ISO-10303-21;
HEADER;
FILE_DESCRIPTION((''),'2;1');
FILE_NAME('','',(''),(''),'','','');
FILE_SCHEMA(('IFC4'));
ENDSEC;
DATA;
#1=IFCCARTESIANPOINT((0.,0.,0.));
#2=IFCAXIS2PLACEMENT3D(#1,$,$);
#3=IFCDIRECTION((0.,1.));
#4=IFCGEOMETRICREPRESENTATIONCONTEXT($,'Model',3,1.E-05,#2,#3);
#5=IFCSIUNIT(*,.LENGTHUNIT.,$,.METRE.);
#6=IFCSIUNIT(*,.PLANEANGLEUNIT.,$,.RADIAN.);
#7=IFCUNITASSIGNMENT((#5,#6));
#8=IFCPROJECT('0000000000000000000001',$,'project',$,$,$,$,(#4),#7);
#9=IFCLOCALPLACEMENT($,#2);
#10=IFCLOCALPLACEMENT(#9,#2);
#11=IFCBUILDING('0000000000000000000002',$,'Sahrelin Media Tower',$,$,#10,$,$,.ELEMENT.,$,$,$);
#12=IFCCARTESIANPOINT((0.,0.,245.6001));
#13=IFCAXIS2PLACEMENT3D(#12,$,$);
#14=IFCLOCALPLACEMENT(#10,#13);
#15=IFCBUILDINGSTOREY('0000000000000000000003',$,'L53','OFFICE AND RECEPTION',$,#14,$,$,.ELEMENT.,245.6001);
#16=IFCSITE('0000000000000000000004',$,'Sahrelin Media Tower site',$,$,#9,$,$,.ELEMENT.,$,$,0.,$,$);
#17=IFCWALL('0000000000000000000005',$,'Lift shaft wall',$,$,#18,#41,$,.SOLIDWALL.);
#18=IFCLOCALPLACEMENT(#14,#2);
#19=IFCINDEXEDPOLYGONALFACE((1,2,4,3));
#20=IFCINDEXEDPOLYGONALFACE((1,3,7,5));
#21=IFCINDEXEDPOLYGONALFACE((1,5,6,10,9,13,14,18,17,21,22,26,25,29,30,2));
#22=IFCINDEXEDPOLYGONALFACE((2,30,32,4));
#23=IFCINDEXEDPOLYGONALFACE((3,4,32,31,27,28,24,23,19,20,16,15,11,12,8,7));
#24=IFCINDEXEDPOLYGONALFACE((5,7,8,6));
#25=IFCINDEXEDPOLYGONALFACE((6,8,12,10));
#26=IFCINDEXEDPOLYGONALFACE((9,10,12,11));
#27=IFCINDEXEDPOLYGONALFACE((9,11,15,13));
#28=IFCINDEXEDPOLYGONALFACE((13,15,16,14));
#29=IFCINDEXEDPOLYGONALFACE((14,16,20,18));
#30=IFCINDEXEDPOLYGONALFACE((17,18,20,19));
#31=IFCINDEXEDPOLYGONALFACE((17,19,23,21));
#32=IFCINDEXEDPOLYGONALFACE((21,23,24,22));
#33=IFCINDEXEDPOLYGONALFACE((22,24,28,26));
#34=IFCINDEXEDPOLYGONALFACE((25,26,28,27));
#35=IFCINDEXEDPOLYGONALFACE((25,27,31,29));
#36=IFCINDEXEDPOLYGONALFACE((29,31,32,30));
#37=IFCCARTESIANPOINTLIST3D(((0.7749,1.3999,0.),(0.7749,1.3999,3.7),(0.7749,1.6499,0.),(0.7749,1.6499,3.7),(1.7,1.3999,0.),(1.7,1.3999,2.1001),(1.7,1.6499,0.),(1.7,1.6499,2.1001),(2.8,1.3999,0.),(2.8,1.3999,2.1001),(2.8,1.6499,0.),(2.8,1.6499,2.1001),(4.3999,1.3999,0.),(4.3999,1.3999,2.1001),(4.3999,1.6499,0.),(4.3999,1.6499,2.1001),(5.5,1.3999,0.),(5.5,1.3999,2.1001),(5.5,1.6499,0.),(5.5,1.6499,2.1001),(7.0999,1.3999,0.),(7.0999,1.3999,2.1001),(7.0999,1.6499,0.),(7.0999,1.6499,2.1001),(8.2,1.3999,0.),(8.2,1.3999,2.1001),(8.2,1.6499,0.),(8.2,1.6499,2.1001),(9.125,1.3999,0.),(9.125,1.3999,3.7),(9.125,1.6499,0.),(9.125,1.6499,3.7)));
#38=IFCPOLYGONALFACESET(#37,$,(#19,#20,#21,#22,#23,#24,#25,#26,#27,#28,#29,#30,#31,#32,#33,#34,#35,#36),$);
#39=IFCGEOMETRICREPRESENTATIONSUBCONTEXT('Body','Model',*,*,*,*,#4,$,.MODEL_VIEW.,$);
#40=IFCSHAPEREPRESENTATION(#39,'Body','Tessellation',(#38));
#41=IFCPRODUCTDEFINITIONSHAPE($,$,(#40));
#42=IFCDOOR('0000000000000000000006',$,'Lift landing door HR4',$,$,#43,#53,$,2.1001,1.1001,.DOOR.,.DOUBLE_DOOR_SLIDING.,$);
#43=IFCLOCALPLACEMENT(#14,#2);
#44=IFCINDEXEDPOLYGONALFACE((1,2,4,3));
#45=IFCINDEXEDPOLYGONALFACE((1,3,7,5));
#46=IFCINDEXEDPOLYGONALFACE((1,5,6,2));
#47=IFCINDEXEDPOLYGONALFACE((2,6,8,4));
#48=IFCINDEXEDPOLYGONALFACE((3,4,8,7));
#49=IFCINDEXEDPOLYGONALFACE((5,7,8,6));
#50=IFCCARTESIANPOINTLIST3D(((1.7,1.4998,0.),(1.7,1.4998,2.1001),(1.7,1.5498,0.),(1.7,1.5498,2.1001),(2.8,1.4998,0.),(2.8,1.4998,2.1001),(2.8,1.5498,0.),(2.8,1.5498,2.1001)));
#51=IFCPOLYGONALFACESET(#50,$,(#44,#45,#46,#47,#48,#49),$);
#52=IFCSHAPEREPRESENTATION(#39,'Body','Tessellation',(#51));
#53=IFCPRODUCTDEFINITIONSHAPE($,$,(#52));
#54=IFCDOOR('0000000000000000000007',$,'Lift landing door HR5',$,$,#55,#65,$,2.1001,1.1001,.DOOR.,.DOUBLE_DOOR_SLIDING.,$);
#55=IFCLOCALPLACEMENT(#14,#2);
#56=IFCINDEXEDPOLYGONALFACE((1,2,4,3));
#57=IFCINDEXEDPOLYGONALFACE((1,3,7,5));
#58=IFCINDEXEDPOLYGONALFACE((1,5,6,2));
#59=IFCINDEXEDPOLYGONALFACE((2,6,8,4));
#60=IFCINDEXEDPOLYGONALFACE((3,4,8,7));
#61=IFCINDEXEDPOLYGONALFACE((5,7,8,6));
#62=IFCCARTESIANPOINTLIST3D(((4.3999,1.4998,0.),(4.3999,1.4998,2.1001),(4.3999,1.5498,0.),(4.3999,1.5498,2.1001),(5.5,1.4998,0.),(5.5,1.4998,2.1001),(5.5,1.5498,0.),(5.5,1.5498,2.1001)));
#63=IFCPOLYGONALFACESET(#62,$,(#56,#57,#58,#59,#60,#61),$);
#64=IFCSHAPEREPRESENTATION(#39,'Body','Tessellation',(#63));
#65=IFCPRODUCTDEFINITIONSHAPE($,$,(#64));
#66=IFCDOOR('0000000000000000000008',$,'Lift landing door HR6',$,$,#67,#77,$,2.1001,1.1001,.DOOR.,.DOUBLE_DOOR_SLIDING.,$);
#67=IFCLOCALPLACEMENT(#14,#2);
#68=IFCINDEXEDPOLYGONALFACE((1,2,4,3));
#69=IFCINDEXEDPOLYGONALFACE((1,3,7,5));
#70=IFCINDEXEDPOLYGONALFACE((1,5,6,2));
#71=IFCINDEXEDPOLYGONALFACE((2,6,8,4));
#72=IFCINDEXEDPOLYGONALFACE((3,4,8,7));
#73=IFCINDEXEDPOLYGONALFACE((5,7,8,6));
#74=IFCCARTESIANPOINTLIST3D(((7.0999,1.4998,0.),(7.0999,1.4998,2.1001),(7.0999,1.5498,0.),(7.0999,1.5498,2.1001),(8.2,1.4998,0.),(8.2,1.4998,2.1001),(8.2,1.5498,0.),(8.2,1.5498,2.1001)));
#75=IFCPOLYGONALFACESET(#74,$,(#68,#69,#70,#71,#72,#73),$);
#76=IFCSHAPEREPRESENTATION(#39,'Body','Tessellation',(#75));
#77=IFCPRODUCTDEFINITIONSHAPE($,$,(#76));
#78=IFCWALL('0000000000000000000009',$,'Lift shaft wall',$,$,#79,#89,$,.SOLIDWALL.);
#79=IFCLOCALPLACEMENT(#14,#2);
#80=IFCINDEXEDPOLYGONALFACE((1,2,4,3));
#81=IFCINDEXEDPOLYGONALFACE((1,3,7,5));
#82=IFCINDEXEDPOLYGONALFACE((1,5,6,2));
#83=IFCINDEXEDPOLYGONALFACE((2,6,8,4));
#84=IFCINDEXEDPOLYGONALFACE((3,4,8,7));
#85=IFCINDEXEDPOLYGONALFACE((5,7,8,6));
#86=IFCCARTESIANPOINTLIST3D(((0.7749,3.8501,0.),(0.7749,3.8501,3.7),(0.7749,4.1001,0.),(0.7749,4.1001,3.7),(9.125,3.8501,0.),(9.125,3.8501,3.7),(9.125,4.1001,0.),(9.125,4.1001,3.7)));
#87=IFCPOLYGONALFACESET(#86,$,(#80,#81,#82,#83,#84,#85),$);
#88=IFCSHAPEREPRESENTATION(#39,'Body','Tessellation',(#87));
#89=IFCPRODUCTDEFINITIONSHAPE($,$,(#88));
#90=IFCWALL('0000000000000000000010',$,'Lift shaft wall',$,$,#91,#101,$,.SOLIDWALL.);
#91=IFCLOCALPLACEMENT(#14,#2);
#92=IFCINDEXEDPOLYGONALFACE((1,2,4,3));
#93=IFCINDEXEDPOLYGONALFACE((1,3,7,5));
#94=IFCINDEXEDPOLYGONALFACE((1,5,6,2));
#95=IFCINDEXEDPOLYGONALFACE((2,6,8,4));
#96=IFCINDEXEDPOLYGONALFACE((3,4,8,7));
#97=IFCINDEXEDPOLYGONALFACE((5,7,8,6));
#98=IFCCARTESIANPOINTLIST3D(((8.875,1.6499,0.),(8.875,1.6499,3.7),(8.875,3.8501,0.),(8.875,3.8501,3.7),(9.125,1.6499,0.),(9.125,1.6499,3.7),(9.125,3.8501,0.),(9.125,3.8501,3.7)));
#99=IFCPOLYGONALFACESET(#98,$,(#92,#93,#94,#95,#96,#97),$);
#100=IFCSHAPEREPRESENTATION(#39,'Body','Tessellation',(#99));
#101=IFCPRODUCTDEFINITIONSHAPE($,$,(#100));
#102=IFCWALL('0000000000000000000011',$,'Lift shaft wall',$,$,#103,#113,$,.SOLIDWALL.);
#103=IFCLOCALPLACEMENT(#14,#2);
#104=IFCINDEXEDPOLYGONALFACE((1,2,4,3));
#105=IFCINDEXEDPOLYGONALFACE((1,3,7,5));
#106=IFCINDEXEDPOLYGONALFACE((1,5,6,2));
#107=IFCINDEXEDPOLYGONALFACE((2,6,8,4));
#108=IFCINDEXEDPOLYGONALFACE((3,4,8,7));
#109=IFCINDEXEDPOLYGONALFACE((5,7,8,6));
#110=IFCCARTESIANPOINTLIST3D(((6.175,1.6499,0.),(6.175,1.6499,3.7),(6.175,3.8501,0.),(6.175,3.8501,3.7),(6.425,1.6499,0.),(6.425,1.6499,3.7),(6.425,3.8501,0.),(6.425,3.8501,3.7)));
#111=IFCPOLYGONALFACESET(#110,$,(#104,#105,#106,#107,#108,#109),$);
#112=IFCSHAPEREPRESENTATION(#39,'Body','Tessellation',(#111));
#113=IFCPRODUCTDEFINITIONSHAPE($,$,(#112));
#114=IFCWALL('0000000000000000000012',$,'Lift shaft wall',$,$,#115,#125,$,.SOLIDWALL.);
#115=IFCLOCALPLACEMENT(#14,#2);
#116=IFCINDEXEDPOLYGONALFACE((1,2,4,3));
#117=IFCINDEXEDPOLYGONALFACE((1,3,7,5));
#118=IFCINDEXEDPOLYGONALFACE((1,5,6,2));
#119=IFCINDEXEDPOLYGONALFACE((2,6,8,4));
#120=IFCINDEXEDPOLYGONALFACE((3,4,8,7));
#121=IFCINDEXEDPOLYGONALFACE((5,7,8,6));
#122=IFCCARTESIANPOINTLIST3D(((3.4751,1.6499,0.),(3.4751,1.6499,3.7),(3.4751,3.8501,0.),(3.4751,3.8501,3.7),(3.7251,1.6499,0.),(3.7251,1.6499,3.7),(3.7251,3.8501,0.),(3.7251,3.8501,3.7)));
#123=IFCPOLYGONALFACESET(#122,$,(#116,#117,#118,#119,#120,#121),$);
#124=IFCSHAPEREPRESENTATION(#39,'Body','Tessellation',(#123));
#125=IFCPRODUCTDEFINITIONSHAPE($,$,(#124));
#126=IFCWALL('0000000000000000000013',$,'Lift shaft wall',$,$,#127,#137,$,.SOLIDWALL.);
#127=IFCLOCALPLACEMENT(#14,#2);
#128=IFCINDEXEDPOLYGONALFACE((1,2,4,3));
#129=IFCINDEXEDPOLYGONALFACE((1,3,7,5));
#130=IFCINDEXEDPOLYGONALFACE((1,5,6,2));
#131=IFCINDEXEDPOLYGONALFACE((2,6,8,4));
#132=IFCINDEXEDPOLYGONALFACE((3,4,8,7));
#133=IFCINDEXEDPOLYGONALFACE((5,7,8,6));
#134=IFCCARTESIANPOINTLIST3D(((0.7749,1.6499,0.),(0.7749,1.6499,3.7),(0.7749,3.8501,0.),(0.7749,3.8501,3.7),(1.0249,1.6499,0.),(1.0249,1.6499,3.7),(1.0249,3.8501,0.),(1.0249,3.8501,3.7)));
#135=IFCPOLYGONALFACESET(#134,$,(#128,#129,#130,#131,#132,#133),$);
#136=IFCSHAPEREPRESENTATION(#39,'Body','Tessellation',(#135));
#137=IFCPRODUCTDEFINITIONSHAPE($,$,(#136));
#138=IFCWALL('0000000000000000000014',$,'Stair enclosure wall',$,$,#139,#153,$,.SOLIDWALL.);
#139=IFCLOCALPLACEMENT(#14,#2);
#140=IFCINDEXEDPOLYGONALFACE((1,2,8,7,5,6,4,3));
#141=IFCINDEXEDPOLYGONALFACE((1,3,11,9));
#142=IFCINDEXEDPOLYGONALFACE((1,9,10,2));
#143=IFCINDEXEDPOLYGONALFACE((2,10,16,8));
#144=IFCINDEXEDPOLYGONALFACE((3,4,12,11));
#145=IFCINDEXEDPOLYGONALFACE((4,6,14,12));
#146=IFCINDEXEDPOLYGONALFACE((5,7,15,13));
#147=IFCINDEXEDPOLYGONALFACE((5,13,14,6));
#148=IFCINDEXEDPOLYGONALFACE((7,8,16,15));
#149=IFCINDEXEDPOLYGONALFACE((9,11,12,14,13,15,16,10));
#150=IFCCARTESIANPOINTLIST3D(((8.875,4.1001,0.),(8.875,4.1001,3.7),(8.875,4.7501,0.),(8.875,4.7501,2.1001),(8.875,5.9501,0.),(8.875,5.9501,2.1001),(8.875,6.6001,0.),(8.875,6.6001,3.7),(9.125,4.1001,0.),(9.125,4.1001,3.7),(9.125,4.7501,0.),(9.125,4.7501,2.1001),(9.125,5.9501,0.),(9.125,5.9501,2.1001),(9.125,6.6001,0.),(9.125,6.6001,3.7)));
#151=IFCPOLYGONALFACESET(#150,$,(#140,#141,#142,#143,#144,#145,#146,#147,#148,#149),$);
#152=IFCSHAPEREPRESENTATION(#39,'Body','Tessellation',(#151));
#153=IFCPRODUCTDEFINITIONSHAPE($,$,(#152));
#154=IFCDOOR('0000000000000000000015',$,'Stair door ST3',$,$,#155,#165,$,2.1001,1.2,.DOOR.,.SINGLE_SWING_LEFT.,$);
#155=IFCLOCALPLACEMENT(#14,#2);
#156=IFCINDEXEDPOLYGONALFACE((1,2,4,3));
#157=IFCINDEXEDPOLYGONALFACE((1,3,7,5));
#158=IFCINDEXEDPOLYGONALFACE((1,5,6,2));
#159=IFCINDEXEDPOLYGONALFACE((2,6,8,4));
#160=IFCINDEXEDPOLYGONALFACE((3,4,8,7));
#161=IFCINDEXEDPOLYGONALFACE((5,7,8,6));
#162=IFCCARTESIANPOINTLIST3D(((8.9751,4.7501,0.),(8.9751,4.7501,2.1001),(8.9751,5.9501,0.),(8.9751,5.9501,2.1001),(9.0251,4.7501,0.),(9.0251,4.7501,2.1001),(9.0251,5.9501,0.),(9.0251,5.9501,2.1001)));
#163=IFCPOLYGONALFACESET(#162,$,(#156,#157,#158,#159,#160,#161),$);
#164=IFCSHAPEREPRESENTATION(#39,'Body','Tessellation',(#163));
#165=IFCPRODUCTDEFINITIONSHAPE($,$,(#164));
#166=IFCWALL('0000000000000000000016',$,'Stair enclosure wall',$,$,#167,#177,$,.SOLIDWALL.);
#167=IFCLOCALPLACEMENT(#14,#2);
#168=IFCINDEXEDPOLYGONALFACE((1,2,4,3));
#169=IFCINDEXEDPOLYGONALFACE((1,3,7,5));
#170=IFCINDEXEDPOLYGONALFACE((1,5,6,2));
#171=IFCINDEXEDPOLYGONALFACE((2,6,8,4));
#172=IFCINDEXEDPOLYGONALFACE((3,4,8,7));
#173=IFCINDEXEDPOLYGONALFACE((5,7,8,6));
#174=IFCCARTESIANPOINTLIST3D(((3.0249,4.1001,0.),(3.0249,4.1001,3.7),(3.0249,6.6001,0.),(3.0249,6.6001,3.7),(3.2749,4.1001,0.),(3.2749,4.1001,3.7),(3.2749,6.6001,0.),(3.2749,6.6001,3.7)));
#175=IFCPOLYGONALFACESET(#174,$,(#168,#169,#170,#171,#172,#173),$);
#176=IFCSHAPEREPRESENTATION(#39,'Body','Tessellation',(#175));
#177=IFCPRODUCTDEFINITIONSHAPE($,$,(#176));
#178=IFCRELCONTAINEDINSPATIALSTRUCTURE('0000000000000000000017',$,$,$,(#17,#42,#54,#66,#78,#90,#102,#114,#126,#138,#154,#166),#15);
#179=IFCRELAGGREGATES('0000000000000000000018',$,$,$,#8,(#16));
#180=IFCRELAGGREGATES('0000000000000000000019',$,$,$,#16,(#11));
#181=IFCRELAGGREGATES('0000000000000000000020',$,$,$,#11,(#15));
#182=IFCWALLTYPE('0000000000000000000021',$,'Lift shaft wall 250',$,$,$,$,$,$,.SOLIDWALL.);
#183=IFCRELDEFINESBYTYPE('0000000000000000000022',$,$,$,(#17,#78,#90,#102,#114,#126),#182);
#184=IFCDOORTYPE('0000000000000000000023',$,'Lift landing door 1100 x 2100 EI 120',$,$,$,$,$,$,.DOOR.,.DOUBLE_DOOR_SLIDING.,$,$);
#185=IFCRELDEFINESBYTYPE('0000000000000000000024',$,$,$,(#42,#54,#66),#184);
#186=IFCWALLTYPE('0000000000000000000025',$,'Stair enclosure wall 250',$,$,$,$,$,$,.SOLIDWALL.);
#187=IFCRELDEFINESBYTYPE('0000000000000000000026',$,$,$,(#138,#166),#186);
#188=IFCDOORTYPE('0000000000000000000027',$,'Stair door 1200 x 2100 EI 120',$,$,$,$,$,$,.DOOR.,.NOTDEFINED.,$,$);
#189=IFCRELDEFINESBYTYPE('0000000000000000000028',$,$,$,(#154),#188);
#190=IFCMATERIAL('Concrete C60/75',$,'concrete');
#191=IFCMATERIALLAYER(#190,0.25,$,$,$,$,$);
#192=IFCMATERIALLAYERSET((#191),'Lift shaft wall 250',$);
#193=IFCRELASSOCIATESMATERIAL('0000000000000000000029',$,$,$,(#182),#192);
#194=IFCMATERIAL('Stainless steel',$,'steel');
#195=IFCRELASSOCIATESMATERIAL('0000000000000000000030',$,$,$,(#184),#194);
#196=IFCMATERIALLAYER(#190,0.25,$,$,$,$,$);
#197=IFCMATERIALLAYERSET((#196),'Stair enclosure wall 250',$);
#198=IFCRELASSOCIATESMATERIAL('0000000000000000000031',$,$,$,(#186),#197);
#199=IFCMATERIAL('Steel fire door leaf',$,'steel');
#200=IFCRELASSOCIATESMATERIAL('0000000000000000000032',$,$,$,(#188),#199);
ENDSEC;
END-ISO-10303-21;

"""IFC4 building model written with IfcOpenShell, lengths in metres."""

from ifc_helpers import new_model, si_unit, direction, frame, frame_2d, origin, place, context, subcontext, project, spatial, rectangle, extrude, material, layer, layer_set, type_object, element, fill, save


model = new_model("IFC4")

# Units and contexts
model_context = context("Model", 3, precision=1e-05, world=origin(), true_north=direction((0.0, 1.0)))
body_context = subcontext(model_context, "Body", "Model", "MODEL_VIEW")
ifc_project = project(units=[si_unit("LENGTHUNIT", "METRE"), si_unit("PLANEANGLEUNIT", "RADIAN")], contexts=[model_context])

# Site, building, storey
site_placement = place(None, origin())
site = spatial("IfcSite", under=ifc_project, at=site_placement, Name="Sahrelin Media Tower site", CompositionType="ELEMENT", RefElevation=0.0)
building_placement = place(site_placement, origin())
building = spatial("IfcBuilding", under=site, at=building_placement, Name="Sahrelin Media Tower", CompositionType="ELEMENT")
storey_placement = place(building_placement, frame((0.0, 0.0, 245.6001)))
storey = spatial("IfcBuildingStorey", under=building, at=storey_placement, Name="L53", Description="OFFICE AND RECEPTION", CompositionType="ELEMENT", Elevation=245.6001)

# Wall, openings, doors
ifc_material_1 = material(Name="Concrete C60/75", Category="concrete")
ifc_layer_1 = layer(ifc_material_1, 0.25)
ifc_layer_set_1 = layer_set([ifc_layer_1], Name="Lift shaft wall 250")
wall_type_1 = type_object("IfcWallType", Name="Lift shaft wall 250", PredefinedType="SOLIDWALL", material=ifc_layer_set_1)
wall_1_placement = place(storey_placement, frame((0.7749, 1.5249, 0.0), z_axis=(0.0, 0.0, 1.0), x_axis=(1.0, 0.0, 0.0)))
wall_1 = element("IfcWall", 1, at=wall_1_placement, inside=storey, type_object=wall_type_1, Name="Lift shaft wall", PredefinedType="SOLIDWALL", context=body_context, shape_type="SweptSolid", body=[
    extrude(rectangle(XDim=8.3501, YDim=0.25, at=frame_2d((4.175, 0.0))), origin(), (0.0, 0.0, 1.0), 3.7),
])
opening_1_placement = place(wall_1_placement, frame((0.925, 0.0, 0.0)))
opening_1 = element("IfcOpeningElement", 2, at=opening_1_placement, cuts=wall_1, PredefinedType="OPENING", context=body_context, shape_type="SweptSolid", body=[
    extrude(rectangle(XDim=1.1001, YDim=2.1001, at=frame_2d((0.55, 1.05))), frame((0.0, 0.125, 0.0), z_axis=(0.0, -1.0, 0.0), x_axis=(1.0, 0.0, 0.0)), (0.0, 0.0, 1.0), 0.25),
])
opening_2_placement = place(wall_1_placement, frame((3.625, 0.0, 0.0)))
opening_2 = element("IfcOpeningElement", 3, at=opening_2_placement, cuts=wall_1, PredefinedType="OPENING", context=body_context, shape_type="SweptSolid", body=[
    extrude(rectangle(XDim=1.1001, YDim=2.1001, at=frame_2d((0.55, 1.05))), frame((0.0, 0.125, 0.0), z_axis=(0.0, -1.0, 0.0), x_axis=(1.0, 0.0, 0.0)), (0.0, 0.0, 1.0), 0.25),
])
opening_3_placement = place(wall_1_placement, frame((6.325, 0.0, 0.0)))
opening_3 = element("IfcOpeningElement", 4, at=opening_3_placement, cuts=wall_1, PredefinedType="OPENING", context=body_context, shape_type="SweptSolid", body=[
    extrude(rectangle(XDim=1.1001, YDim=2.1001, at=frame_2d((0.55, 1.05))), frame((0.0, 0.125, 0.0), z_axis=(0.0, -1.0, 0.0), x_axis=(1.0, 0.0, 0.0)), (0.0, 0.0, 1.0), 0.25),
])
ifc_material_2 = material(Name="Stainless steel", Category="steel")
door_type_1 = type_object("IfcDoorType", Name="Lift landing door 1100 x 2100 EI 120", OperationType="DOUBLE_DOOR_SLIDING", PredefinedType="DOOR", material=ifc_material_2)
door_1_placement = place(opening_1_placement, origin())
door_1 = element("IfcDoor", 5, at=door_1_placement, inside=storey, type_object=door_type_1, Name="Lift landing door HR4", OperationType="DOUBLE_DOOR_SLIDING", OverallHeight=2.1001, OverallWidth=1.1001, PredefinedType="DOOR", context=body_context, shape_type="SweptSolid", body=[
    extrude(rectangle(XDim=1.1001, YDim=2.1001, at=frame_2d((0.55, 1.05))), frame((0.0, 0.0249, 0.0), z_axis=(0.0, -1.0, 0.0), x_axis=(1.0, 0.0, 0.0)), (0.0, 0.0, 1.0), 0.05),
])
fill(opening_1, door_1)
door_2_placement = place(opening_2_placement, origin())
door_2 = element("IfcDoor", 6, at=door_2_placement, inside=storey, type_object=door_type_1, Name="Lift landing door HR5", OperationType="DOUBLE_DOOR_SLIDING", OverallHeight=2.1001, OverallWidth=1.1001, PredefinedType="DOOR", context=body_context, shape_type="SweptSolid", body=[
    extrude(rectangle(XDim=1.1001, YDim=2.1001, at=frame_2d((0.55, 1.05))), frame((0.0, 0.0249, 0.0), z_axis=(0.0, -1.0, 0.0), x_axis=(1.0, 0.0, 0.0)), (0.0, 0.0, 1.0), 0.05),
])
fill(opening_2, door_2)
door_3_placement = place(opening_3_placement, origin())
door_3 = element("IfcDoor", 7, at=door_3_placement, inside=storey, type_object=door_type_1, Name="Lift landing door HR6", OperationType="DOUBLE_DOOR_SLIDING", OverallHeight=2.1001, OverallWidth=1.1001, PredefinedType="DOOR", context=body_context, shape_type="SweptSolid", body=[
    extrude(rectangle(XDim=1.1001, YDim=2.1001, at=frame_2d((0.55, 1.05))), frame((0.0, 0.0249, 0.0), z_axis=(0.0, -1.0, 0.0), x_axis=(1.0, 0.0, 0.0)), (0.0, 0.0, 1.0), 0.05),
])
fill(opening_3, door_3)

# Walls
wall_2_placement = place(storey_placement, frame((0.7749, 3.9751, 0.0), z_axis=(0.0, 0.0, 1.0), x_axis=(1.0, 0.0, 0.0)))
element("IfcWall", 8, at=wall_2_placement, inside=storey, type_object=wall_type_1, Name="Lift shaft wall", PredefinedType="SOLIDWALL", context=body_context, shape_type="SweptSolid", body=[
    extrude(rectangle(XDim=8.3501, YDim=0.25, at=frame_2d((4.175, 0.0))), origin(), (0.0, 0.0, 1.0), 3.7),
])
for number, where, z_axis, x_axis, name in (
    (9, (9.0, 1.6499, 0.0), (0.0, 0.0, 1.0), (0.0, 1.0, 0.0), "Lift shaft wall"),
    (10, (6.3, 1.6499, 0.0), (0.0, 0.0, 1.0), (0.0, 1.0, 0.0), "Lift shaft wall"),
    (11, (3.6001, 1.6499, 0.0), (0.0, 0.0, 1.0), (0.0, 1.0, 0.0), "Lift shaft wall"),
    (12, (0.8999, 1.6499, 0.0), (0.0, 0.0, 1.0), (0.0, 1.0, 0.0), "Lift shaft wall"),
):
    element("IfcWall", number, at=place(storey_placement, frame(where, z_axis=z_axis, x_axis=x_axis)), inside=storey, type_object=wall_type_1, Name=name, PredefinedType="SOLIDWALL", context=body_context, shape_type="SweptSolid", body=[
        extrude(rectangle(XDim=2.2002, YDim=0.25, at=frame_2d((1.1001, 0.0))), origin(), (0.0, 0.0, 1.0), 3.7),
    ])

# Wall, opening, door
ifc_layer_2 = layer(ifc_material_1, 0.25)
ifc_layer_set_2 = layer_set([ifc_layer_2], Name="Stair enclosure wall 250")
wall_type_2 = type_object("IfcWallType", Name="Stair enclosure wall 250", PredefinedType="SOLIDWALL", material=ifc_layer_set_2)
wall_3_placement = place(storey_placement, frame((9.0, 4.1001, 0.0), z_axis=(0.0, 0.0, 1.0), x_axis=(0.0, 1.0, 0.0)))
wall_3 = element("IfcWall", 13, at=wall_3_placement, inside=storey, type_object=wall_type_2, Name="Stair enclosure wall", PredefinedType="SOLIDWALL", context=body_context, shape_type="SweptSolid", body=[
    extrude(rectangle(XDim=2.5, YDim=0.25, at=frame_2d((1.25, 0.0))), origin(), (0.0, 0.0, 1.0), 3.7),
])
opening_4_placement = place(wall_3_placement, frame((0.6499, 0.0, 0.0)))
opening_4 = element("IfcOpeningElement", 14, at=opening_4_placement, cuts=wall_3, PredefinedType="OPENING", context=body_context, shape_type="SweptSolid", body=[
    extrude(rectangle(XDim=1.2, YDim=2.1001, at=frame_2d((0.6001, 1.05))), frame((0.0, 0.125, 0.0), z_axis=(0.0, -1.0, 0.0), x_axis=(1.0, 0.0, 0.0)), (0.0, 0.0, 1.0), 0.25),
])
ifc_material_3 = material(Name="Steel fire door leaf", Category="steel")
door_type_2 = type_object("IfcDoorType", Name="Stair door 1200 x 2100 EI 120", OperationType="NOTDEFINED", PredefinedType="DOOR", material=ifc_material_3)
door_4_placement = place(opening_4_placement, origin())
door_4 = element("IfcDoor", 15, at=door_4_placement, inside=storey, type_object=door_type_2, Name="Stair door ST3", OperationType="SINGLE_SWING_LEFT", OverallHeight=2.1001, OverallWidth=1.2, PredefinedType="DOOR", context=body_context, shape_type="SweptSolid", body=[
    extrude(rectangle(XDim=1.2, YDim=2.1001, at=frame_2d((0.6001, 1.05))), frame((0.0, 0.0249, 0.0), z_axis=(0.0, -1.0, 0.0), x_axis=(1.0, 0.0, 0.0)), (0.0, 0.0, 1.0), 0.05),
])
fill(opening_4, door_4)

# Wall
wall_4_placement = place(storey_placement, frame((3.1499, 4.1001, 0.0), z_axis=(0.0, 0.0, 1.0), x_axis=(0.0, 1.0, 0.0)))
element("IfcWall", 16, at=wall_4_placement, inside=storey, type_object=wall_type_2, Name="Stair enclosure wall", PredefinedType="SOLIDWALL", context=body_context, shape_type="SweptSolid", body=[
    extrude(rectangle(XDim=2.5, YDim=0.25, at=frame_2d((1.25, 0.0))), origin(), (0.0, 0.0, 1.0), 3.7),
])

save(model, "model.ifc")
